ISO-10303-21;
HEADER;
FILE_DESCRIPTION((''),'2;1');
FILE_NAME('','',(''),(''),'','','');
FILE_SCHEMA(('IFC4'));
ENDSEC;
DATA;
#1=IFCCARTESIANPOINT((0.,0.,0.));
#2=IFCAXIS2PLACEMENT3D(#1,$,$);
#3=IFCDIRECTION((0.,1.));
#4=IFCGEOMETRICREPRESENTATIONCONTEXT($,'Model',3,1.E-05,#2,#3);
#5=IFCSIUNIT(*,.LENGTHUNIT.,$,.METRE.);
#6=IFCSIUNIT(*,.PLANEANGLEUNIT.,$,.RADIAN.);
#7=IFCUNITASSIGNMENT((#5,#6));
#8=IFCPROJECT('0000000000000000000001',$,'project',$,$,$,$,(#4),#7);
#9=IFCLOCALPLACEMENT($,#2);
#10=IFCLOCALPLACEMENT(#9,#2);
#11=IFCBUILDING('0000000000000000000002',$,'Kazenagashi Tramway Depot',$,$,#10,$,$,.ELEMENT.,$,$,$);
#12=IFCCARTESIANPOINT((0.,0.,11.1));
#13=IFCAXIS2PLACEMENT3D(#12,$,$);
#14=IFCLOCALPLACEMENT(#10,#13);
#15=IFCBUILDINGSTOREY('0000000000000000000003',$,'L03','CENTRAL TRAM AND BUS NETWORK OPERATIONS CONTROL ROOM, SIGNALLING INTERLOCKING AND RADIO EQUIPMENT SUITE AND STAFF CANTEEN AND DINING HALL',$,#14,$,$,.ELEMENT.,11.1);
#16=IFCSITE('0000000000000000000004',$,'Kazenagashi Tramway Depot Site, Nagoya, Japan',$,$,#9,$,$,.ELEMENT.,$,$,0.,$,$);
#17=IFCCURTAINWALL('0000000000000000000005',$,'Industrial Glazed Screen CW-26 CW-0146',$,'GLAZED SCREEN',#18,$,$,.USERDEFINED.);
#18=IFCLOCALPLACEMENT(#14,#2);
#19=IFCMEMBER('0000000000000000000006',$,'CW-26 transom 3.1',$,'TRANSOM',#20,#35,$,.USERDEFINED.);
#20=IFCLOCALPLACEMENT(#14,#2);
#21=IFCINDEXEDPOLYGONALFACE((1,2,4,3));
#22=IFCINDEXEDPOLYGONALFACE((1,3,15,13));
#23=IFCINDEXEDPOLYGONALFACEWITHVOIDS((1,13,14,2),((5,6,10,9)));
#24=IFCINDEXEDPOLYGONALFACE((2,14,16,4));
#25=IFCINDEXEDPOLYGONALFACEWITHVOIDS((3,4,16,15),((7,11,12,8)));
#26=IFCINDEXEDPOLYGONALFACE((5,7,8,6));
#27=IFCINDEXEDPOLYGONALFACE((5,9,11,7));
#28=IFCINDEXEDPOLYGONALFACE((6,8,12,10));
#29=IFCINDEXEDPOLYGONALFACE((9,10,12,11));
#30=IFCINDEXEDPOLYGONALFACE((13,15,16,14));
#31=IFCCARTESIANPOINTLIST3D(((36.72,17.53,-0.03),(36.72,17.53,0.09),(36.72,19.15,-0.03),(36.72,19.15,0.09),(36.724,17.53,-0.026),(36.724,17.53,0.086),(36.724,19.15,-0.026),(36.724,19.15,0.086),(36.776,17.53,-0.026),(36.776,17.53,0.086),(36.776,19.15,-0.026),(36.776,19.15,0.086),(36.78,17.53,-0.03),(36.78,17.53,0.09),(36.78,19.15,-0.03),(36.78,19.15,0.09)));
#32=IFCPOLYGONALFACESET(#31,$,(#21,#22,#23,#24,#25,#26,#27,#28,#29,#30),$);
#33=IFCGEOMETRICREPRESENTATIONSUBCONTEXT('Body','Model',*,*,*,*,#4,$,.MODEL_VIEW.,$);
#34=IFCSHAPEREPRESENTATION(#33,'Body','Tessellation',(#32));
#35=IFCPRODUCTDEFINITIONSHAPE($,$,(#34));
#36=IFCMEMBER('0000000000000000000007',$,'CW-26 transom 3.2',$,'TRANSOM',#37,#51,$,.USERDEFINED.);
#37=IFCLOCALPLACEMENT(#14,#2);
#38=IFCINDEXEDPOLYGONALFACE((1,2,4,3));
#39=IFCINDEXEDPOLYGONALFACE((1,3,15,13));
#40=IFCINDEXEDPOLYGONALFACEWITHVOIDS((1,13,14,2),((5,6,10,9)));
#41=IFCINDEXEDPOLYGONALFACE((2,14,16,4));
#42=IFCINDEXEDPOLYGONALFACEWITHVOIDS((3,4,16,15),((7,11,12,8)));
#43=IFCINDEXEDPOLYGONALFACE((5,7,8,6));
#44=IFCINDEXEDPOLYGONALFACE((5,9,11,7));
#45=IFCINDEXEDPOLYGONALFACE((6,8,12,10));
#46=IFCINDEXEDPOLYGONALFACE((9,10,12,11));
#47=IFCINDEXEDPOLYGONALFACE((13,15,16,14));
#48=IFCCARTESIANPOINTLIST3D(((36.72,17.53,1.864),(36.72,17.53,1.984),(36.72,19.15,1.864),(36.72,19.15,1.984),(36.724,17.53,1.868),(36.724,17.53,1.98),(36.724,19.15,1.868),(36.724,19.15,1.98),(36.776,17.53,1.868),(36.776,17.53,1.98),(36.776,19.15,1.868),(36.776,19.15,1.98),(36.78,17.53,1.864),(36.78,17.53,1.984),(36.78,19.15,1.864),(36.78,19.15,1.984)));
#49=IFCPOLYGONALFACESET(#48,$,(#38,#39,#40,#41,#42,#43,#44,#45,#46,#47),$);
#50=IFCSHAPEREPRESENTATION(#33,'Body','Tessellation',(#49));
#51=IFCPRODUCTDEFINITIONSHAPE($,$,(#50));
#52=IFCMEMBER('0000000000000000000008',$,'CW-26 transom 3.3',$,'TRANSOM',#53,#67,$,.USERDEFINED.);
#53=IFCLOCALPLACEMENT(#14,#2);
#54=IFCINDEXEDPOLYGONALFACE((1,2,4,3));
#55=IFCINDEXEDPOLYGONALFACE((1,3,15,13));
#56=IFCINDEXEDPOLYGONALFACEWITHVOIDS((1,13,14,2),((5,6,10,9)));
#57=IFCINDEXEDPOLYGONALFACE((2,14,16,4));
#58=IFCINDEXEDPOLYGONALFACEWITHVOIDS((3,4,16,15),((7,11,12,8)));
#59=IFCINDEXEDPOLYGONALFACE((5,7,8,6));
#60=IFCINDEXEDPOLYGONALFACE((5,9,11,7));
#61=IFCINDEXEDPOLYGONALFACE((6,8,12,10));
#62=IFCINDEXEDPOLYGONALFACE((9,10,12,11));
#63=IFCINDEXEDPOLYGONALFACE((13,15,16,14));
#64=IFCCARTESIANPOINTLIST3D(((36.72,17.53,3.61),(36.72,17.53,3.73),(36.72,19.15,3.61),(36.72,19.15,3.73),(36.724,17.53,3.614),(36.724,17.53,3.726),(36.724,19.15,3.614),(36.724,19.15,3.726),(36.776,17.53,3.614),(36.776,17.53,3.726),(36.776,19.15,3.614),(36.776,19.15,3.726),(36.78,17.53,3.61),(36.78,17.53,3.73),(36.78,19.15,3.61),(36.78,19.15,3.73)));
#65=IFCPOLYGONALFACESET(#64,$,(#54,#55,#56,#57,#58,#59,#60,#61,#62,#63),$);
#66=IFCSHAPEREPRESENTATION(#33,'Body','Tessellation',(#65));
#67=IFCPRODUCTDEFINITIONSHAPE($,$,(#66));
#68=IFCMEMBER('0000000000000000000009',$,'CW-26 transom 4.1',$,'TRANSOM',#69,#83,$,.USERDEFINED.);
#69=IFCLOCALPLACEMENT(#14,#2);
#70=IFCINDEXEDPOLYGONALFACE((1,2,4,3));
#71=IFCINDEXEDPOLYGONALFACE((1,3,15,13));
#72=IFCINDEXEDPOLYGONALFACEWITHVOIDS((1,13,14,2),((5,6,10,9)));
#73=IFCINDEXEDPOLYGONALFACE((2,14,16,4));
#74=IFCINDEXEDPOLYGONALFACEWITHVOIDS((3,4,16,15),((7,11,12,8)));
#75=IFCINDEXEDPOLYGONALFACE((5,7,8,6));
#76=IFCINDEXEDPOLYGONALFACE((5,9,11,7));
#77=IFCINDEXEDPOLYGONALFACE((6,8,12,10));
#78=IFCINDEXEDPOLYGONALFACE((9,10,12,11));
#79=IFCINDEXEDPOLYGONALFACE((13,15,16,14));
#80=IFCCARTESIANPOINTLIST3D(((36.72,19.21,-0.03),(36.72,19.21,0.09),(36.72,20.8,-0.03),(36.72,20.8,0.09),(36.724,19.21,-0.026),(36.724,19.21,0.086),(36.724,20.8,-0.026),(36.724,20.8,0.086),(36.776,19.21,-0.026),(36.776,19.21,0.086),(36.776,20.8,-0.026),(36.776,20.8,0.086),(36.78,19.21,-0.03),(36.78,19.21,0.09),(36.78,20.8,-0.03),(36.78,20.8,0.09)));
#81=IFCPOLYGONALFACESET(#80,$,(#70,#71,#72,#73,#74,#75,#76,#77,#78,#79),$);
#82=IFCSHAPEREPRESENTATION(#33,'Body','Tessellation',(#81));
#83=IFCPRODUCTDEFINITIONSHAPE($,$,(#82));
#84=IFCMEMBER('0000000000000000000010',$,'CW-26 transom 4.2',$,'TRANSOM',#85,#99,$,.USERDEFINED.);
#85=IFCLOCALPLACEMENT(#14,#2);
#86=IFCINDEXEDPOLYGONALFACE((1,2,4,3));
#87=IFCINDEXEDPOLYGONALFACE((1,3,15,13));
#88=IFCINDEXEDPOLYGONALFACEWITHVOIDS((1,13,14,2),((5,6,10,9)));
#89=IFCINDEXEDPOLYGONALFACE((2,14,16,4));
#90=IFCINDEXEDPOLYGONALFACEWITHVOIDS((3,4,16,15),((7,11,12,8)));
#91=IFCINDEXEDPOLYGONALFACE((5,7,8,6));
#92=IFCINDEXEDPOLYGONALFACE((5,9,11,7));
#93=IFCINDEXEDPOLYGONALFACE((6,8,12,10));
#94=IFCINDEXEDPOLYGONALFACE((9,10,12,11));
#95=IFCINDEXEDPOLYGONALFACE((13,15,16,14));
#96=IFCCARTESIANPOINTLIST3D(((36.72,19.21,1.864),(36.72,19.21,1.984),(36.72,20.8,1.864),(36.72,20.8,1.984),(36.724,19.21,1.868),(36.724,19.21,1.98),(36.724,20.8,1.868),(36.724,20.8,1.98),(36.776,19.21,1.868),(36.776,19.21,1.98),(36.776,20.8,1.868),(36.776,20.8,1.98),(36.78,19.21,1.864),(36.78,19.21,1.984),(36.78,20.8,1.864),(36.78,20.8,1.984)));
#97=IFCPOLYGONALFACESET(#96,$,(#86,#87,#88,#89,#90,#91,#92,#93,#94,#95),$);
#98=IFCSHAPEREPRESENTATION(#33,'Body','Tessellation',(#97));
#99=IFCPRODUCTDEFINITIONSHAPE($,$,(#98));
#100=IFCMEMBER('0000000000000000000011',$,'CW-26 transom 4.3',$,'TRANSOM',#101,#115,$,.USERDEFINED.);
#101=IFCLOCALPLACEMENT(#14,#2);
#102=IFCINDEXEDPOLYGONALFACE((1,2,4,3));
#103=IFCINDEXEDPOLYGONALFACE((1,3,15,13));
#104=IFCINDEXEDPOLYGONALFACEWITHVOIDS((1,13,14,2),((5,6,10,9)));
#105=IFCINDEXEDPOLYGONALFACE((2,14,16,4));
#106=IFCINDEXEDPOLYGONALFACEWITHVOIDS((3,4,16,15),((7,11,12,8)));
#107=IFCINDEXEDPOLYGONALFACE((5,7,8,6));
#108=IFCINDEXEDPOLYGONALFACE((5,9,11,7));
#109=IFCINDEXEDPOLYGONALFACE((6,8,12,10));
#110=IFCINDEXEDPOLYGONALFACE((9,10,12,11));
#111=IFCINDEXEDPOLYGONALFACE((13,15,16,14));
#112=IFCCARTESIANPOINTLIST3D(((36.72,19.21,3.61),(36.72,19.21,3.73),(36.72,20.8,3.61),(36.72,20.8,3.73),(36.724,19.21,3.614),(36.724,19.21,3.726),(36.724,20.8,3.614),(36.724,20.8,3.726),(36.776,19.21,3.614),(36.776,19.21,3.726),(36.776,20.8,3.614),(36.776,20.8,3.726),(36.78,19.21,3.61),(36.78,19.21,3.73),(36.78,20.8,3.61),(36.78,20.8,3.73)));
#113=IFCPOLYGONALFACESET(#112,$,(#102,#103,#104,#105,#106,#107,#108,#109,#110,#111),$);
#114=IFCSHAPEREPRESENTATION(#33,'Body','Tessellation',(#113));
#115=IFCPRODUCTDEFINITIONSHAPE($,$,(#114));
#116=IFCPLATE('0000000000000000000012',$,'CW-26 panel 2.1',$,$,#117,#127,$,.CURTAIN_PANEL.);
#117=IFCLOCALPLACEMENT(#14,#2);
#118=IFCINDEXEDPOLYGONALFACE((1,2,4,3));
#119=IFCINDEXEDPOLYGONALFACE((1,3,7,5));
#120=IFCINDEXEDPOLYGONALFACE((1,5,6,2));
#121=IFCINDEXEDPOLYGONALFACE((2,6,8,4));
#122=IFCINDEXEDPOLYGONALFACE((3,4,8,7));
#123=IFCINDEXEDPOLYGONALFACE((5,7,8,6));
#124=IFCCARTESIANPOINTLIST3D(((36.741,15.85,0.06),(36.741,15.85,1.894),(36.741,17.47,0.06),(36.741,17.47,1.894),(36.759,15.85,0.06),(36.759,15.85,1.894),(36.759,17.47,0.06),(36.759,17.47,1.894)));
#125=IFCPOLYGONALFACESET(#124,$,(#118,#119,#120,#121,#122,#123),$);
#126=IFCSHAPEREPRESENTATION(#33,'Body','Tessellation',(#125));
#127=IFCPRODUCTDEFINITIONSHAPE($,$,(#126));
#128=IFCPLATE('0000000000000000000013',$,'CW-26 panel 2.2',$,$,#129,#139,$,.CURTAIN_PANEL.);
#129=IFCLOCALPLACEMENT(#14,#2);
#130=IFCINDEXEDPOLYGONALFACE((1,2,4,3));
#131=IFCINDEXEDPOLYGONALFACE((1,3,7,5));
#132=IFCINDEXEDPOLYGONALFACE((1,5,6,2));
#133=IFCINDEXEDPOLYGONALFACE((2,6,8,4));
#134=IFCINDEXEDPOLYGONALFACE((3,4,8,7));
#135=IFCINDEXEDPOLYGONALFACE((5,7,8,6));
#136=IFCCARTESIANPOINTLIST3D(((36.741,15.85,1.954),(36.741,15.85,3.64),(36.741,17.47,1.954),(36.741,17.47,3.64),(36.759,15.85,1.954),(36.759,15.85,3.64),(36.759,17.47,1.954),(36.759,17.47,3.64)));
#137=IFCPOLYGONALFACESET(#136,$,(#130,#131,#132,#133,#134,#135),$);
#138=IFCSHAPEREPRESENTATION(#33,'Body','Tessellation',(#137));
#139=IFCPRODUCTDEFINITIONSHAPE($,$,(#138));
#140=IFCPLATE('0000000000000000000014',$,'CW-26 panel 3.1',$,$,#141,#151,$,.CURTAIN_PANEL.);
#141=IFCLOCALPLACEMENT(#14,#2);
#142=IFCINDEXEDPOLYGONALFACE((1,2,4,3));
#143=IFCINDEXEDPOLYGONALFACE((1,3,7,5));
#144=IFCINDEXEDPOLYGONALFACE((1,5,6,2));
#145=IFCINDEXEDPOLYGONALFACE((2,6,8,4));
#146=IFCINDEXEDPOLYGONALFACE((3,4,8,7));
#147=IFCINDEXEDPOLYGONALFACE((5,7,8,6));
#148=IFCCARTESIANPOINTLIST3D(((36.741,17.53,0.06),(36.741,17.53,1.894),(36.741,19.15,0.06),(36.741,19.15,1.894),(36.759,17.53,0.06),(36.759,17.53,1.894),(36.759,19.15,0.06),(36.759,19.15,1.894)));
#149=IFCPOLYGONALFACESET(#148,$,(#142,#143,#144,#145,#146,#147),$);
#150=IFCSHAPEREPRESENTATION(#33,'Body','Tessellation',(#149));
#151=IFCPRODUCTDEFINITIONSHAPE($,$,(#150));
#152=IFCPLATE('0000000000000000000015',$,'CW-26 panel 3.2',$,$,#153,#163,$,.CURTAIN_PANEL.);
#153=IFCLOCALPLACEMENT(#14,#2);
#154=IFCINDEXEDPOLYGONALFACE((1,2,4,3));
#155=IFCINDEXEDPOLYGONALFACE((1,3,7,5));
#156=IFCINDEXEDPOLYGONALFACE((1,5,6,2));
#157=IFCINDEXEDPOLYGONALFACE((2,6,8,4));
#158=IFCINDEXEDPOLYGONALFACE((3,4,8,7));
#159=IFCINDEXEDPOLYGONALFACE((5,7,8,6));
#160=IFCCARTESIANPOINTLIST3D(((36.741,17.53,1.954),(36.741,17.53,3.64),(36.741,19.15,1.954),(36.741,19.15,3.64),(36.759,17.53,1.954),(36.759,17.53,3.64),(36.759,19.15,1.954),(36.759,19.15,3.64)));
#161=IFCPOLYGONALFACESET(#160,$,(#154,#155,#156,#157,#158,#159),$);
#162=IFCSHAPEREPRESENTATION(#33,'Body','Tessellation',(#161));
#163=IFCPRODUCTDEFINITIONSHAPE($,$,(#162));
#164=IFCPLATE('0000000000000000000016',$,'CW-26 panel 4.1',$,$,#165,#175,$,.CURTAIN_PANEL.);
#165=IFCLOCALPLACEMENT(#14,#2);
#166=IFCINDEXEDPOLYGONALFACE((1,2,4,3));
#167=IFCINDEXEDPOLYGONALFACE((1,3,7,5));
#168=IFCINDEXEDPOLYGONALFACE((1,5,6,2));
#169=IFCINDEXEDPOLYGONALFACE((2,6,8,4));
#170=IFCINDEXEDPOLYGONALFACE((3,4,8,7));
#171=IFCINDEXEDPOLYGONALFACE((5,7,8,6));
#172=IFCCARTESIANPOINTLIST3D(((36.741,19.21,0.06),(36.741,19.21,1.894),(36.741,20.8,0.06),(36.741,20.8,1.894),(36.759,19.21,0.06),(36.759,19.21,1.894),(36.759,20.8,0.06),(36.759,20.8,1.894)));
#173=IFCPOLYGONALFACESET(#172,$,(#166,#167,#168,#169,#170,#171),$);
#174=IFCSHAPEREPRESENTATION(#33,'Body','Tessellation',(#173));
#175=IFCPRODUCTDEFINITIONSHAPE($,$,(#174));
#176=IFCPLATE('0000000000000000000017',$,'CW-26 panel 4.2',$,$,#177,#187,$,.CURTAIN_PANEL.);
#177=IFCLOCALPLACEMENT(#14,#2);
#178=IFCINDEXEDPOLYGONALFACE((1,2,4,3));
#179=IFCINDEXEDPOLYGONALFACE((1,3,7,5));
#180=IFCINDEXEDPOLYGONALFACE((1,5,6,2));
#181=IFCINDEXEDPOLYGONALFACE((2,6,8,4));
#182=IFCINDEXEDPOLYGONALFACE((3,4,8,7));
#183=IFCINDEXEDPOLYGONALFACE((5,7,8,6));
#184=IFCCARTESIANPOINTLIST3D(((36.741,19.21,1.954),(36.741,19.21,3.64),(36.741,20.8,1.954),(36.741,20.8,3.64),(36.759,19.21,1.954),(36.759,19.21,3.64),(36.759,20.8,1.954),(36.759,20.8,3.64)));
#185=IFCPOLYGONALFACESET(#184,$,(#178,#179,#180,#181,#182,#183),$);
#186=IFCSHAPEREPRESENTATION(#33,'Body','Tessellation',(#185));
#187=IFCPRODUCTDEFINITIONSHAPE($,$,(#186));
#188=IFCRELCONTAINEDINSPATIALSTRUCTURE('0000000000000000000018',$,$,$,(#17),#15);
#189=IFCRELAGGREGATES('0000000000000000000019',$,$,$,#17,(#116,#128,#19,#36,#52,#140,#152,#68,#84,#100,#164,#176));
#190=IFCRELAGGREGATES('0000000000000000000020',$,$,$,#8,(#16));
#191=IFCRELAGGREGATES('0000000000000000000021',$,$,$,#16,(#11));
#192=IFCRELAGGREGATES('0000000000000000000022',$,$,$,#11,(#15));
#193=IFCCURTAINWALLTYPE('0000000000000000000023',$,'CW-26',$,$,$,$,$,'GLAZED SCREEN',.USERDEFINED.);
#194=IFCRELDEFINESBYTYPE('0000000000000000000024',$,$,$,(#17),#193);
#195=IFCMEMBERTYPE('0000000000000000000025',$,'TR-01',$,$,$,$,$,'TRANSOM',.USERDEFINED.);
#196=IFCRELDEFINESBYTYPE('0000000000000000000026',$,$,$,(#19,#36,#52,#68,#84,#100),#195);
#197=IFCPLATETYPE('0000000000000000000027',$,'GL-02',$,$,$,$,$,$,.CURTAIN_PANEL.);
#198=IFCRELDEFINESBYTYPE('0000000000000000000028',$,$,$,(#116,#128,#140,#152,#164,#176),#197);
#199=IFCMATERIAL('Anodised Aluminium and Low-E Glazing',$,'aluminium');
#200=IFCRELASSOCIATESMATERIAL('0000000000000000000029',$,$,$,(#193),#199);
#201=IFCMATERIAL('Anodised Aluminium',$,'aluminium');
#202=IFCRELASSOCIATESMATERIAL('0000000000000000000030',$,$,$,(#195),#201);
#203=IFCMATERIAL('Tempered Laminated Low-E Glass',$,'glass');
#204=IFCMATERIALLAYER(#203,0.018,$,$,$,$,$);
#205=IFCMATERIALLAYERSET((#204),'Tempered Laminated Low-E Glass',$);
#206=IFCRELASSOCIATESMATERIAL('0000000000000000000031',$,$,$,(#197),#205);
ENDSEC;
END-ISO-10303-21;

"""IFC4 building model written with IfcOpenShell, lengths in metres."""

from ifc_helpers import new_model, si_unit, direction, frame, origin, origin_2d, place, context, subcontext, project, spatial, rectangle, hollow_rectangle, extrude, material, layer, layer_set, material_profile, profile_set, type_object, element, aggregate, save


model = new_model("IFC4")

# Units and contexts
model_context = context("Model", 3, precision=1e-05, world=origin(), true_north=direction((0.0, 1.0)))
body_context = subcontext(model_context, "Body", "Model", "MODEL_VIEW")
ifc_project = project(units=[si_unit("LENGTHUNIT", "METRE"), si_unit("PLANEANGLEUNIT", "RADIAN")], contexts=[model_context])

# Site, building, storey
site_placement = place(None, origin())
site = spatial("IfcSite", under=ifc_project, at=site_placement, Name="Kazenagashi Tramway Depot Site, Nagoya, Japan", CompositionType="ELEMENT", RefElevation=0.0)
building_placement = place(site_placement, origin())
building = spatial("IfcBuilding", under=site, at=building_placement, Name="Kazenagashi Tramway Depot", CompositionType="ELEMENT")
storey_placement = place(building_placement, frame((0.0, 0.0, 11.1)))
storey = spatial("IfcBuildingStorey", under=building, at=storey_placement, Name="L03", Description="CENTRAL TRAM AND BUS NETWORK OPERATIONS CONTROL ROOM, SIGNALLING INTERLOCKING AND RADIO EQUIPMENT SUITE AND STAFF CANTEEN AND DINING HALL", CompositionType="ELEMENT", Elevation=11.1)

# Curtain wall
ifc_material_1 = material(Name="Anodised Aluminium and Low-E Glazing", Category="aluminium")
curtain_wall_type = type_object("IfcCurtainWallType", Name="CW-26", ElementType="GLAZED SCREEN", PredefinedType="USERDEFINED", material=ifc_material_1)
curtain_wall_placement = place(storey_placement, origin())
curtain_wall = element("IfcCurtainWall", 1, at=curtain_wall_placement, inside=storey, type_object=curtain_wall_type, Name="Industrial Glazed Screen CW-26 CW-0146", ObjectType="GLAZED SCREEN", PredefinedType="USERDEFINED")
ifc_material_2 = material(Name="Anodised Aluminium", Category="aluminium")

# Members
ifc_material_profile_1 = material_profile(ifc_material_2, hollow_rectangle(XDim=0.06, YDim=0.12, WallThickness=0.004, at=origin_2d()), Name="RHS-120x60x4")
ifc_profile_set_1 = profile_set([ifc_material_profile_1], Name="Anodised Aluminium")
member_type_1 = type_object("IfcMemberType", Name="TR-01", ElementType="TRANSOM", PredefinedType="USERDEFINED", material=ifc_profile_set_1)
member_1_placement = place(storey_placement, frame((36.75, 17.53, 0.03), z_axis=(0.0, 1.0, 0.0), x_axis=(-1.0, 0.0, 0.0)))
member_1 = element("IfcMember", 2, at=member_1_placement, type_object=member_type_1, Name="CW-26 transom 3.1", ObjectType="TRANSOM", PredefinedType="USERDEFINED", context=body_context, shape_type="SweptSolid", body=[
    extrude(hollow_rectangle(XDim=0.06, YDim=0.12, WallThickness=0.004, at=origin_2d()), origin(), (0.0, 0.0, 1.0), 1.62),
])
member_2_placement = place(storey_placement, frame((36.75, 17.53, 1.924), z_axis=(0.0, 1.0, 0.0), x_axis=(-1.0, 0.0, 0.0)))
member_2 = element("IfcMember", 3, at=member_2_placement, type_object=member_type_1, Name="CW-26 transom 3.2", ObjectType="TRANSOM", PredefinedType="USERDEFINED", context=body_context, shape_type="SweptSolid", body=[
    extrude(hollow_rectangle(XDim=0.06, YDim=0.12, WallThickness=0.004, at=origin_2d()), origin(), (0.0, 0.0, 1.0), 1.62),
])
member_3_placement = place(storey_placement, frame((36.75, 17.53, 3.67), z_axis=(0.0, 1.0, 0.0), x_axis=(-1.0, 0.0, 0.0)))
member_3 = element("IfcMember", 4, at=member_3_placement, type_object=member_type_1, Name="CW-26 transom 3.3", ObjectType="TRANSOM", PredefinedType="USERDEFINED", context=body_context, shape_type="SweptSolid", body=[
    extrude(hollow_rectangle(XDim=0.06, YDim=0.12, WallThickness=0.004, at=origin_2d()), origin(), (0.0, 0.0, 1.0), 1.62),
])
member_4_placement = place(storey_placement, frame((36.75, 19.21, 0.03), z_axis=(0.0, 1.0, 0.0), x_axis=(-1.0, 0.0, 0.0)))
member_4 = element("IfcMember", 5, at=member_4_placement, type_object=member_type_1, Name="CW-26 transom 4.1", ObjectType="TRANSOM", PredefinedType="USERDEFINED", context=body_context, shape_type="SweptSolid", body=[
    extrude(hollow_rectangle(XDim=0.06, YDim=0.12, WallThickness=0.004, at=origin_2d()), origin(), (0.0, 0.0, 1.0), 1.59),
])
member_5_placement = place(storey_placement, frame((36.75, 19.21, 1.924), z_axis=(0.0, 1.0, 0.0), x_axis=(-1.0, 0.0, 0.0)))
member_5 = element("IfcMember", 6, at=member_5_placement, type_object=member_type_1, Name="CW-26 transom 4.2", ObjectType="TRANSOM", PredefinedType="USERDEFINED", context=body_context, shape_type="SweptSolid", body=[
    extrude(hollow_rectangle(XDim=0.06, YDim=0.12, WallThickness=0.004, at=origin_2d()), origin(), (0.0, 0.0, 1.0), 1.59),
])
member_6_placement = place(storey_placement, frame((36.75, 19.21, 3.67), z_axis=(0.0, 1.0, 0.0), x_axis=(-1.0, 0.0, 0.0)))
member_6 = element("IfcMember", 7, at=member_6_placement, type_object=member_type_1, Name="CW-26 transom 4.3", ObjectType="TRANSOM", PredefinedType="USERDEFINED", context=body_context, shape_type="SweptSolid", body=[
    extrude(hollow_rectangle(XDim=0.06, YDim=0.12, WallThickness=0.004, at=origin_2d()), origin(), (0.0, 0.0, 1.0), 1.59),
])

# Plates
ifc_material_3 = material(Name="Tempered Laminated Low-E Glass", Category="glass")
ifc_layer_1 = layer(ifc_material_3, 0.018)
ifc_layer_set_1 = layer_set([ifc_layer_1], Name="Tempered Laminated Low-E Glass")
plate_type = type_object("IfcPlateType", Name="GL-02", PredefinedType="CURTAIN_PANEL", material=ifc_layer_set_1)
plate_1_placement = place(storey_placement, frame((36.75, 16.66, 0.06), z_axis=(0.0, 0.0, 1.0), x_axis=(0.0, 1.0, 0.0)))
plate_1 = element("IfcPlate", 8, at=plate_1_placement, type_object=plate_type, Name="CW-26 panel 2.1", PredefinedType="CURTAIN_PANEL", context=body_context, shape_type="SweptSolid", body=[
    extrude(rectangle(XDim=1.62, YDim=0.018, at=origin_2d()), origin(), (0.0, 0.0, 1.0), 1.834),
])
plate_2_placement = place(storey_placement, frame((36.75, 16.66, 1.954), z_axis=(0.0, 0.0, 1.0), x_axis=(0.0, 1.0, 0.0)))
plate_2 = element("IfcPlate", 9, at=plate_2_placement, type_object=plate_type, Name="CW-26 panel 2.2", PredefinedType="CURTAIN_PANEL", context=body_context, shape_type="SweptSolid", body=[
    extrude(rectangle(XDim=1.62, YDim=0.018, at=origin_2d()), origin(), (0.0, 0.0, 1.0), 1.686),
])
plate_3_placement = place(storey_placement, frame((36.75, 18.34, 0.06), z_axis=(0.0, 0.0, 1.0), x_axis=(0.0, 1.0, 0.0)))
plate_3 = element("IfcPlate", 10, at=plate_3_placement, type_object=plate_type, Name="CW-26 panel 3.1", PredefinedType="CURTAIN_PANEL", context=body_context, shape_type="SweptSolid", body=[
    extrude(rectangle(XDim=1.62, YDim=0.018, at=origin_2d()), origin(), (0.0, 0.0, 1.0), 1.834),
])
plate_4_placement = place(storey_placement, frame((36.75, 18.34, 1.954), z_axis=(0.0, 0.0, 1.0), x_axis=(0.0, 1.0, 0.0)))
plate_4 = element("IfcPlate", 11, at=plate_4_placement, type_object=plate_type, Name="CW-26 panel 3.2", PredefinedType="CURTAIN_PANEL", context=body_context, shape_type="SweptSolid", body=[
    extrude(rectangle(XDim=1.62, YDim=0.018, at=origin_2d()), origin(), (0.0, 0.0, 1.0), 1.686),
])
plate_5_placement = place(storey_placement, frame((36.75, 20.005, 0.06), z_axis=(0.0, 0.0, 1.0), x_axis=(0.0, 1.0, 0.0)))
plate_5 = element("IfcPlate", 12, at=plate_5_placement, type_object=plate_type, Name="CW-26 panel 4.1", PredefinedType="CURTAIN_PANEL", context=body_context, shape_type="SweptSolid", body=[
    extrude(rectangle(XDim=1.59, YDim=0.018, at=origin_2d()), origin(), (0.0, 0.0, 1.0), 1.834),
])
plate_6_placement = place(storey_placement, frame((36.75, 20.005, 1.954), z_axis=(0.0, 0.0, 1.0), x_axis=(0.0, 1.0, 0.0)))
plate_6 = element("IfcPlate", 13, at=plate_6_placement, type_object=plate_type, Name="CW-26 panel 4.2", PredefinedType="CURTAIN_PANEL", context=body_context, shape_type="SweptSolid", body=[
    extrude(rectangle(XDim=1.59, YDim=0.018, at=origin_2d()), origin(), (0.0, 0.0, 1.0), 1.686),
])
aggregate(curtain_wall, [plate_1, plate_2, member_1, member_2, member_3, plate_3, plate_4, member_4, member_5, member_6, plate_5, plate_6])

save(model, "model.ifc")
